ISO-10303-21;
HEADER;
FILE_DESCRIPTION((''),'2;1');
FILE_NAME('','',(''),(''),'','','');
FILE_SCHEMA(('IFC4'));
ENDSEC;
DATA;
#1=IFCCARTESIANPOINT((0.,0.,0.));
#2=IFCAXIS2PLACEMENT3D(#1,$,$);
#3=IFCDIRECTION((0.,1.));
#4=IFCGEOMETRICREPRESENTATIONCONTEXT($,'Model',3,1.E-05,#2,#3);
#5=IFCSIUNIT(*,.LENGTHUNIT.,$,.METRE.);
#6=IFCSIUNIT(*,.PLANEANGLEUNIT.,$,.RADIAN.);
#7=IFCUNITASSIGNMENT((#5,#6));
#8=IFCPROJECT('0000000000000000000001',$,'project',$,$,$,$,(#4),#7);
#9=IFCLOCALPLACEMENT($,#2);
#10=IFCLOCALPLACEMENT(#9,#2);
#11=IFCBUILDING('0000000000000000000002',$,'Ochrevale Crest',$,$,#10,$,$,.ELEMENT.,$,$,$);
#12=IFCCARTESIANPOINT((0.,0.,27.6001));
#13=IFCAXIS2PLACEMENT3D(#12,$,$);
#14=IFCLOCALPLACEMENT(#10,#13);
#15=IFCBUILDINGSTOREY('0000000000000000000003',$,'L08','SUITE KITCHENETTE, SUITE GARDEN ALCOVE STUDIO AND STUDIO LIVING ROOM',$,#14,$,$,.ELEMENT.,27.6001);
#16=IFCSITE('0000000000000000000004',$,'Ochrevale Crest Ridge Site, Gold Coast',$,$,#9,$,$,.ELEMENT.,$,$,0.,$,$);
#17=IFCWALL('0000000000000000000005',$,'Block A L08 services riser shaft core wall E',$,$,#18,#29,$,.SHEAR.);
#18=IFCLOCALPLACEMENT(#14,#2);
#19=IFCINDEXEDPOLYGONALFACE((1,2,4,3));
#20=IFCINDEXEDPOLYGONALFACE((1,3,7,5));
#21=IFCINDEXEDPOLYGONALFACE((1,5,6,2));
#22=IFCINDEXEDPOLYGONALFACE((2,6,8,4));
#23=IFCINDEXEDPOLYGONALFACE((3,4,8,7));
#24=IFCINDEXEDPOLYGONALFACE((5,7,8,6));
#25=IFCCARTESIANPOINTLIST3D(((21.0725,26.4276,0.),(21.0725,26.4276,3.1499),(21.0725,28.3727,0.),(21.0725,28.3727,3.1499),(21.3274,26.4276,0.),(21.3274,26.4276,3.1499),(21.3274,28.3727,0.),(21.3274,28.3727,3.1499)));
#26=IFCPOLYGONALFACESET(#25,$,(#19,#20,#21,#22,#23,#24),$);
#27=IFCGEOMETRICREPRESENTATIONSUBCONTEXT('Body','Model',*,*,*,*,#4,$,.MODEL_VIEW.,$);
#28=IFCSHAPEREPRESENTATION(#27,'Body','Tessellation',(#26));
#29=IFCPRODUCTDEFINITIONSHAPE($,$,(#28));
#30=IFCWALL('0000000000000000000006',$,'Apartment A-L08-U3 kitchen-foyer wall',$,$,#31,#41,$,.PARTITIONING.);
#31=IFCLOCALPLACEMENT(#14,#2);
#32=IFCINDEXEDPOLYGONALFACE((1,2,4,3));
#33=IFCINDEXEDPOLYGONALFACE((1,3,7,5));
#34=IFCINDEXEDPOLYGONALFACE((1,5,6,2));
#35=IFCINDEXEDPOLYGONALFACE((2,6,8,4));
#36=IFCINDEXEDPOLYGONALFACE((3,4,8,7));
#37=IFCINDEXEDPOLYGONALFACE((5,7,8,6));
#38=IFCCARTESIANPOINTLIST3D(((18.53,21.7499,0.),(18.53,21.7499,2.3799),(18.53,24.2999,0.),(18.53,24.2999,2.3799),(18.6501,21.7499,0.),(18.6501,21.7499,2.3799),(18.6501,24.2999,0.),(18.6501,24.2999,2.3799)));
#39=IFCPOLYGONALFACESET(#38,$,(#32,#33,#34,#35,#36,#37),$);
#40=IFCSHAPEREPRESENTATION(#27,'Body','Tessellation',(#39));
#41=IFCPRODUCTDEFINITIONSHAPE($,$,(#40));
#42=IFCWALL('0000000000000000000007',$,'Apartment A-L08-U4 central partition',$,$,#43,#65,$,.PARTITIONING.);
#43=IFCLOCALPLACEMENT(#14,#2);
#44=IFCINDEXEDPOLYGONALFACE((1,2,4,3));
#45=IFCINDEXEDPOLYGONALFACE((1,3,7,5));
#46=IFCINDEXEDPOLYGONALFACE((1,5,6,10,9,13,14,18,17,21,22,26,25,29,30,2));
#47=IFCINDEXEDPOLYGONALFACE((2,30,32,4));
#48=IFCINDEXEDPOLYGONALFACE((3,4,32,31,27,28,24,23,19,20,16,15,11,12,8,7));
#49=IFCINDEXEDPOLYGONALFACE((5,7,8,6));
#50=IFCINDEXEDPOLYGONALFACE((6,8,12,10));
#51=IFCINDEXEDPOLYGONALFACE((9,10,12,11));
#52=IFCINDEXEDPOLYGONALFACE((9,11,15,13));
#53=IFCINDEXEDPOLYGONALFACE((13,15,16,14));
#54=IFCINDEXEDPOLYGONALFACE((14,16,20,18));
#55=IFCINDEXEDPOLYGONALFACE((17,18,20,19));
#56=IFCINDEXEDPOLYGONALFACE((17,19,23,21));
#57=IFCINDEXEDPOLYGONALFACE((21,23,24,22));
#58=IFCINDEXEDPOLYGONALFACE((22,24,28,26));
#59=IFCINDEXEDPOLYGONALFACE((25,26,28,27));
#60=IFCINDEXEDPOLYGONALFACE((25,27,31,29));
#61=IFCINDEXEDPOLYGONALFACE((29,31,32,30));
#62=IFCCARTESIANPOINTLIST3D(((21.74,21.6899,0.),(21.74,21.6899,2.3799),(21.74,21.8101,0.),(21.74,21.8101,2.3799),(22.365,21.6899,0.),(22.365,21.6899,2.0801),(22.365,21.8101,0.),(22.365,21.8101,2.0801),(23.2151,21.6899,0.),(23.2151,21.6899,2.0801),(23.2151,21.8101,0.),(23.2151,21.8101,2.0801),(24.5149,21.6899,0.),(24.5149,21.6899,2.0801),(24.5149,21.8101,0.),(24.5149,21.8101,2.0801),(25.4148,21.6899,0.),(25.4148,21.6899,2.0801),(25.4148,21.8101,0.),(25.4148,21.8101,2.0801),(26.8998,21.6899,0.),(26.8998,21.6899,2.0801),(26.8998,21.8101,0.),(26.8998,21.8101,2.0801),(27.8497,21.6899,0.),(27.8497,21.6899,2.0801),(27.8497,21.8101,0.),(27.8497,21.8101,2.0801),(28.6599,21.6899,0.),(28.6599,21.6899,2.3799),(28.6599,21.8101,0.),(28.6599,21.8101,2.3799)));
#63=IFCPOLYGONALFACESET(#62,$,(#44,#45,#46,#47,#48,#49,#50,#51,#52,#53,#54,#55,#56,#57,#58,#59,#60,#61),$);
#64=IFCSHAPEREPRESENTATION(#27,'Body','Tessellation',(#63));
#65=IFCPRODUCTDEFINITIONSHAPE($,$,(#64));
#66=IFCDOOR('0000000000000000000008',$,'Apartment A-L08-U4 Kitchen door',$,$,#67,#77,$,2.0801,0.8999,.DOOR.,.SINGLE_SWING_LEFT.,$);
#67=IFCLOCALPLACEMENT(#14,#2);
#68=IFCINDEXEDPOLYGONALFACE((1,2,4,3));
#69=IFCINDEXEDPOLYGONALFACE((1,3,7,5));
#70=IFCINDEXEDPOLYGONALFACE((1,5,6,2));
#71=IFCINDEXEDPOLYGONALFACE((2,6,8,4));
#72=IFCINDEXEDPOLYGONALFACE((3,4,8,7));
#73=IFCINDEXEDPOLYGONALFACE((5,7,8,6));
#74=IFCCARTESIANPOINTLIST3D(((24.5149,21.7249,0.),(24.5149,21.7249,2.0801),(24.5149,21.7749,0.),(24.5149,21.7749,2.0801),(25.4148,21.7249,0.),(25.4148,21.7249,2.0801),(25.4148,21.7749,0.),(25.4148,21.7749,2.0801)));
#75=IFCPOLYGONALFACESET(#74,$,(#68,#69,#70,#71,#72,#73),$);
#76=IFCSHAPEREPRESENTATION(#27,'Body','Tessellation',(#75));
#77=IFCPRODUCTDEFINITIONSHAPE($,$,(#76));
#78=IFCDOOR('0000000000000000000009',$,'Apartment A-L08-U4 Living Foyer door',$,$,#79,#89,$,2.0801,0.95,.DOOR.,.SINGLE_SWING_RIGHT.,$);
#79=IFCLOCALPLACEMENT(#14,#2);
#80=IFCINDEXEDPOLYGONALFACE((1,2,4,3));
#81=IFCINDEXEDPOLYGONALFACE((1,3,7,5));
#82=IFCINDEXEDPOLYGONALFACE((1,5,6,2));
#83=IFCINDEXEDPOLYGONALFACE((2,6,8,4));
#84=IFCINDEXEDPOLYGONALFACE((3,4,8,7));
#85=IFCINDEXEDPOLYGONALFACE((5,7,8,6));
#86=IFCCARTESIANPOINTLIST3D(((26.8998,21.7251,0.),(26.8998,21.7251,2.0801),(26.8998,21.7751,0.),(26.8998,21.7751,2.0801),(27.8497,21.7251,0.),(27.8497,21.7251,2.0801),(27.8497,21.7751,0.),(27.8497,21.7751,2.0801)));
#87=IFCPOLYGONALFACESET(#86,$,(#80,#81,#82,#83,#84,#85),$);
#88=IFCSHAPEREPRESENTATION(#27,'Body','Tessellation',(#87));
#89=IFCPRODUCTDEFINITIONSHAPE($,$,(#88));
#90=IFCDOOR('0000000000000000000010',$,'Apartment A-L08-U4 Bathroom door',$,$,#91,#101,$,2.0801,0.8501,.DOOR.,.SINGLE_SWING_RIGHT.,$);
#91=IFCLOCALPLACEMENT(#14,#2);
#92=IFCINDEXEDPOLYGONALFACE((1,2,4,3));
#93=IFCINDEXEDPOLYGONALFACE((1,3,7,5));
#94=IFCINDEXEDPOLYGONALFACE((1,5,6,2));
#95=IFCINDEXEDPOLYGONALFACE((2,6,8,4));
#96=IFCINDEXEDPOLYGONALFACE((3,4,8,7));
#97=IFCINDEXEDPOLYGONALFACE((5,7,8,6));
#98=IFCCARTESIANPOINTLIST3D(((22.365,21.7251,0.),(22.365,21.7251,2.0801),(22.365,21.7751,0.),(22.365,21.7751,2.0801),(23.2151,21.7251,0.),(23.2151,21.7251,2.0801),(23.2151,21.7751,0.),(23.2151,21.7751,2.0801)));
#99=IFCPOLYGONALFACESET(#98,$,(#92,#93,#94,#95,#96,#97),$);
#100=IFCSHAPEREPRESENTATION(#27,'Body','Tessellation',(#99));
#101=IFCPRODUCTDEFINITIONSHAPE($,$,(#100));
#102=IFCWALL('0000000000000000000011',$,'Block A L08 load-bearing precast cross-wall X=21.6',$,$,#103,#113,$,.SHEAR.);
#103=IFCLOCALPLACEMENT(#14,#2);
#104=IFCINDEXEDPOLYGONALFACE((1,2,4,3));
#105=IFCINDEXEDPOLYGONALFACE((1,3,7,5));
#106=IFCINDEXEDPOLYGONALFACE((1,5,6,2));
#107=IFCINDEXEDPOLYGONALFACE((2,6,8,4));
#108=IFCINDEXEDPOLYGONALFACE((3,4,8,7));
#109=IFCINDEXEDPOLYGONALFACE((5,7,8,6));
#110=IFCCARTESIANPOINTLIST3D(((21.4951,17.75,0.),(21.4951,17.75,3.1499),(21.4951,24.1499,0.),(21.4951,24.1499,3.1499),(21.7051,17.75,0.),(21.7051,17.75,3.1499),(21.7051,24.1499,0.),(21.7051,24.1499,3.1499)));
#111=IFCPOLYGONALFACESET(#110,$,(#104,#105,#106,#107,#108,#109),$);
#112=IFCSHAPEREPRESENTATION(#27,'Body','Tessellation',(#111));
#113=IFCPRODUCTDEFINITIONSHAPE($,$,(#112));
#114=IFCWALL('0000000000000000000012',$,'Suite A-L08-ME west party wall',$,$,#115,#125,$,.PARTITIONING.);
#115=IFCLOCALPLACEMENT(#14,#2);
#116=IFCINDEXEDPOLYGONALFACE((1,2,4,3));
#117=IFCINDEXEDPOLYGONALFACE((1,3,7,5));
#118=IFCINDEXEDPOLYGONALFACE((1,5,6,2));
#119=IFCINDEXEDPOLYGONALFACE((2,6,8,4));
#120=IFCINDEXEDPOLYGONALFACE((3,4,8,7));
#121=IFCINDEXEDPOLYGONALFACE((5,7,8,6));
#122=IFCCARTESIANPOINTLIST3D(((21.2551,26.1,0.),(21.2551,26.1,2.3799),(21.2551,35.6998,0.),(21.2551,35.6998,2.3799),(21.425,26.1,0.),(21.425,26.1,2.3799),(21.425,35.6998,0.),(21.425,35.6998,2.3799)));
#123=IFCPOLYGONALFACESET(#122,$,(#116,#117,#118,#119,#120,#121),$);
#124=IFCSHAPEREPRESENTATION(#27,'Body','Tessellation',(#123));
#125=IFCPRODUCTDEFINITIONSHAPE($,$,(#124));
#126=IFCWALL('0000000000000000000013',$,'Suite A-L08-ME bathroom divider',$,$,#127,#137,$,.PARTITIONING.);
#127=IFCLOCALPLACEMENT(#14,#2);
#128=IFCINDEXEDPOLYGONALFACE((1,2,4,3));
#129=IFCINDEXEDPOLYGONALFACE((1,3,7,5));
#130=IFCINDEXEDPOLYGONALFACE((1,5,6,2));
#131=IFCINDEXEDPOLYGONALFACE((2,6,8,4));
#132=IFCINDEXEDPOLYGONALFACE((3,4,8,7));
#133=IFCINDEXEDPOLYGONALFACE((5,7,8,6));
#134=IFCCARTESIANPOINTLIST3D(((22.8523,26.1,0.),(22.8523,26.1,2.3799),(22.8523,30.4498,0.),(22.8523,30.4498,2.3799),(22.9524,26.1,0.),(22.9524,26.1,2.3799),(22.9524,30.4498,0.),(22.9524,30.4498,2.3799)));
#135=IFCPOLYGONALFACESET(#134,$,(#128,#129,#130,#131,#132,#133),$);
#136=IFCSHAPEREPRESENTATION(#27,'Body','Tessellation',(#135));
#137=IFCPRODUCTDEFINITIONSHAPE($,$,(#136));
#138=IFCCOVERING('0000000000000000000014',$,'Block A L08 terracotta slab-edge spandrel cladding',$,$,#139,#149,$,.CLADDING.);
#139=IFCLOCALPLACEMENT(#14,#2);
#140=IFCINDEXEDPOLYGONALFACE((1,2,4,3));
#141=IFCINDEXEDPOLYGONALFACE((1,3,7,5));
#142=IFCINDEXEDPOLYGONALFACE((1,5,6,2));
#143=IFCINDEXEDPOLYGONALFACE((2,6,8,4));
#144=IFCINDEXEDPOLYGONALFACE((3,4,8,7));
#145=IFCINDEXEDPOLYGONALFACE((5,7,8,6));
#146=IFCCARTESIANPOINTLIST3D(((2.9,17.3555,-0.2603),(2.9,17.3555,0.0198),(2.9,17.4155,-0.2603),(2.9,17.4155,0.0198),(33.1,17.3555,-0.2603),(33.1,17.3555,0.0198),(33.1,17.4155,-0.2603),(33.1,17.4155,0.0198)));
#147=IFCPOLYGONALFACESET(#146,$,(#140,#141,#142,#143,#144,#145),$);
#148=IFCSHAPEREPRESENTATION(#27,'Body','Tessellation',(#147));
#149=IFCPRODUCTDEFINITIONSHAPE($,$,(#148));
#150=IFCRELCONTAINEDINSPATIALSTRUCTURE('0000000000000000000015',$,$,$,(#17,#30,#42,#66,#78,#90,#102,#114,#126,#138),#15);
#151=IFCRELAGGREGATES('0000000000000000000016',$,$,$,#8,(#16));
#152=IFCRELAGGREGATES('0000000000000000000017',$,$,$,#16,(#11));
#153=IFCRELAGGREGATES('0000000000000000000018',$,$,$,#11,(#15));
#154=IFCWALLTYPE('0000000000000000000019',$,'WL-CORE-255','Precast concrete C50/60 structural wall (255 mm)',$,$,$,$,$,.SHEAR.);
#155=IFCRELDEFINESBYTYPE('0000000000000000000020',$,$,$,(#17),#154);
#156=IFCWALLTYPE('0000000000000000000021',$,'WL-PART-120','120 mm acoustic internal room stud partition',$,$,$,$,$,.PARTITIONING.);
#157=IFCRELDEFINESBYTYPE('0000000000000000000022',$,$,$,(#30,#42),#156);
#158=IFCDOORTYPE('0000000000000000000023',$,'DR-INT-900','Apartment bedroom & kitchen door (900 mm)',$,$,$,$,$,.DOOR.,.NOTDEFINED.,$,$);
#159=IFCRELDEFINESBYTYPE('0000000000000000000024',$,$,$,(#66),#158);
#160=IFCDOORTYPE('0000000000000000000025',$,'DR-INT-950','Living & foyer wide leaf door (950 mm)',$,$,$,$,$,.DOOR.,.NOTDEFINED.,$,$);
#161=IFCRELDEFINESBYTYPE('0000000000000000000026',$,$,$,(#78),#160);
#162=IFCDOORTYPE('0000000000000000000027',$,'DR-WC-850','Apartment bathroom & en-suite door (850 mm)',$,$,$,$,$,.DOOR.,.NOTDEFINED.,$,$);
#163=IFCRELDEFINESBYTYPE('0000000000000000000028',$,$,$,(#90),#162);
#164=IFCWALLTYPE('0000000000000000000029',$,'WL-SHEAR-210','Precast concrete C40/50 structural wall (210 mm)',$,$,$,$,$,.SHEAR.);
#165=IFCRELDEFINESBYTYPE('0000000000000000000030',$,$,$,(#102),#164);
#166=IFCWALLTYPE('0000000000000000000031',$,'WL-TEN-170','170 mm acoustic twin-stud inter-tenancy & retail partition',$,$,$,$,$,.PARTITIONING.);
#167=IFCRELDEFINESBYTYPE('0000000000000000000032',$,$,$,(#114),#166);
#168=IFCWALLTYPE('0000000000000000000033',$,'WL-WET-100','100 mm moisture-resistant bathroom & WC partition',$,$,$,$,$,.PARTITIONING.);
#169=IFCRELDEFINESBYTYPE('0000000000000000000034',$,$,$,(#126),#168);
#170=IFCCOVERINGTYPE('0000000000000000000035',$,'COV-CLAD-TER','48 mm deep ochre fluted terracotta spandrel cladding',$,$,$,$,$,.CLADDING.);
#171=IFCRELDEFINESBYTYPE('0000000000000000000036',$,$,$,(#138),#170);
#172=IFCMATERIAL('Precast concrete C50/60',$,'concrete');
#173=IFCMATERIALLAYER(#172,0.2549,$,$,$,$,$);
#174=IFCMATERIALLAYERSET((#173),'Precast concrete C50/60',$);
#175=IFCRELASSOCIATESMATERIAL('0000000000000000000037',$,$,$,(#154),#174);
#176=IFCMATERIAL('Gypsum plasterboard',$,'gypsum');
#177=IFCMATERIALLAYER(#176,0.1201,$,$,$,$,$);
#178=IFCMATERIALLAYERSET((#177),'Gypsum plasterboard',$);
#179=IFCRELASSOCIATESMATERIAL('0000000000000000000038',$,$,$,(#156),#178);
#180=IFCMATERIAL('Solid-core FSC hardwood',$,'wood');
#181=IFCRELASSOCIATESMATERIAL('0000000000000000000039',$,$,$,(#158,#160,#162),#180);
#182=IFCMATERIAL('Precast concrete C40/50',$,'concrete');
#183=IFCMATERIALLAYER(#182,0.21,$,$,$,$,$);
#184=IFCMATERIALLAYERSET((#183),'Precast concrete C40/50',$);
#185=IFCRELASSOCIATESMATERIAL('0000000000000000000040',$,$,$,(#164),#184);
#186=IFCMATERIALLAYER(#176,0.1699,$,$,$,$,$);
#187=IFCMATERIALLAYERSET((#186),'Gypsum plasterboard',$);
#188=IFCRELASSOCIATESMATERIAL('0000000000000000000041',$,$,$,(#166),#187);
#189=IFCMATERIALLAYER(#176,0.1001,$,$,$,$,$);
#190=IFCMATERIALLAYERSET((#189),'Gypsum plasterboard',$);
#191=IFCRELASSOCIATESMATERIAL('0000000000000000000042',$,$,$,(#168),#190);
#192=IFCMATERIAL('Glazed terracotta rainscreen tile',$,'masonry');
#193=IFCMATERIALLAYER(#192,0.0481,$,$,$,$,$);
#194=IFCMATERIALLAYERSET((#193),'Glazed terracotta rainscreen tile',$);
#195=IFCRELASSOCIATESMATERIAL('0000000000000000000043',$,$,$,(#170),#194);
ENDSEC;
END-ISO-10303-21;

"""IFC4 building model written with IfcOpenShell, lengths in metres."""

from ifc_helpers import new_model, si_unit, direction, frame, frame_2d, origin, origin_2d, place, context, subcontext, project, spatial, rectangle, extrude, material, layer, layer_set, type_object, element, fill, save


model = new_model("IFC4")

# Units and contexts
model_context = context("Model", 3, precision=1e-05, world=origin(), true_north=direction((0.0, 1.0)))
body_context = subcontext(model_context, "Body", "Model", "MODEL_VIEW")
ifc_project = project(units=[si_unit("LENGTHUNIT", "METRE"), si_unit("PLANEANGLEUNIT", "RADIAN")], contexts=[model_context])

# Site, building, storey
site_placement = place(None, origin())
site = spatial("IfcSite", under=ifc_project, at=site_placement, Name="Ochrevale Crest Ridge Site, Gold Coast", CompositionType="ELEMENT", RefElevation=0.0)
building_placement = place(site_placement, origin())
building = spatial("IfcBuilding", under=site, at=building_placement, Name="Ochrevale Crest", CompositionType="ELEMENT")
storey_placement = place(building_placement, frame((0.0, 0.0, 27.6001)))
storey = spatial("IfcBuildingStorey", under=building, at=storey_placement, Name="L08", Description="SUITE KITCHENETTE, SUITE GARDEN ALCOVE STUDIO AND STUDIO LIVING ROOM", CompositionType="ELEMENT", Elevation=27.6001)

# Shared definitions
ifc_material_1 = material(Name="Precast concrete C50/60", Category="concrete")

# Shared definitions
ifc_material_2 = material(Name="Gypsum plasterboard", Category="gypsum")
ifc_material_3 = material(Name="Solid-core FSC hardwood", Category="wood")

# Walls
ifc_layer_1 = layer(ifc_material_1, 0.2549)
ifc_layer_set_1 = layer_set([ifc_layer_1], Name="Precast concrete C50/60")
wall_type_1 = type_object("IfcWallType", Name="WL-CORE-255", Description="Precast concrete C50/60 structural wall (255 mm)", PredefinedType="SHEAR", material=ifc_layer_set_1)
wall_1_placement = place(storey_placement, frame((21.2, 26.4275, 0.0), z_axis=(0.0, 0.0, 1.0), x_axis=(0.0, 1.0, 0.0)))
element("IfcWall", 1, at=wall_1_placement, inside=storey, type_object=wall_type_1, Name="Block A L08 services riser shaft core wall E", PredefinedType="SHEAR", context=body_context, shape_type="SweptSolid", body=[
    extrude(rectangle(XDim=1.9451, YDim=0.2549, at=frame_2d((0.9727, 0.0))), origin(), (0.0, 0.0, 1.0), 3.1499),
])
ifc_layer_2 = layer(ifc_material_2, 0.1201)
ifc_layer_set_2 = layer_set([ifc_layer_2], Name="Gypsum plasterboard")
wall_type_2 = type_object("IfcWallType", Name="WL-PART-120", Description="120 mm acoustic internal room stud partition", PredefinedType="PARTITIONING", material=ifc_layer_set_2)
wall_2_placement = place(storey_placement, frame((18.5901, 21.75, 0.0), z_axis=(0.0, 0.0, 1.0), x_axis=(0.0, 1.0, 0.0)))
element("IfcWall", 2, at=wall_2_placement, inside=storey, type_object=wall_type_2, Name="Apartment A-L08-U3 kitchen-foyer wall", PredefinedType="PARTITIONING", context=body_context, shape_type="SweptSolid", body=[
    extrude(rectangle(XDim=2.55, YDim=0.1201, at=frame_2d((1.2749, 0.0))), origin(), (0.0, 0.0, 1.0), 2.3799),
])

# Wall, openings, doors
wall_3_placement = place(storey_placement, frame((21.74, 21.75, 0.0), z_axis=(0.0, 0.0, 1.0), x_axis=(1.0, 0.0, 0.0)))
wall_3 = element("IfcWall", 3, at=wall_3_placement, inside=storey, type_object=wall_type_2, Name="Apartment A-L08-U4 central partition", PredefinedType="PARTITIONING", context=body_context, shape_type="SweptSolid", body=[
    extrude(rectangle(XDim=6.9199, YDim=0.1201, at=frame_2d((3.46, 0.0))), origin(), (0.0, 0.0, 1.0), 2.3799),
])
opening_1_placement = place(wall_3_placement, frame((1.4751, 0.0, 0.0), z_axis=(0.0, 0.0, 1.0), x_axis=(-1.0, 0.0, 0.0)))
opening_1 = element("IfcOpeningElement", 4, at=opening_1_placement, cuts=wall_3, PredefinedType="OPENING", context=body_context, shape_type="SweptSolid", body=[
    extrude(rectangle(XDim=0.8501, YDim=2.0801, at=frame_2d((0.425, 1.04))), frame((0.0, 0.0701, 0.0), z_axis=(0.0, -1.0, 0.0), x_axis=(1.0, 0.0, 0.0)), (0.0, 0.0, 1.0), 0.1401),
])
opening_2_placement = place(wall_3_placement, frame((2.7749, 0.0, 0.0)))
opening_2 = element("IfcOpeningElement", 5, at=opening_2_placement, cuts=wall_3, PredefinedType="OPENING", context=body_context, shape_type="SweptSolid", body=[
    extrude(rectangle(XDim=0.8999, YDim=2.0801, at=frame_2d((0.45, 1.04))), frame((0.0, 0.0701, 0.0), z_axis=(0.0, -1.0, 0.0), x_axis=(1.0, 0.0, 0.0)), (0.0, 0.0, 1.0), 0.1401),
])
opening_3_placement = place(wall_3_placement, frame((6.1099, 0.0, 0.0), z_axis=(0.0, 0.0, 1.0), x_axis=(-1.0, 0.0, 0.0)))
opening_3 = element("IfcOpeningElement", 6, at=opening_3_placement, cuts=wall_3, PredefinedType="OPENING", context=body_context, shape_type="SweptSolid", body=[
    extrude(rectangle(XDim=0.95, YDim=2.0801, at=frame_2d((0.4751, 1.04))), frame((0.0, 0.0701, 0.0), z_axis=(0.0, -1.0, 0.0), x_axis=(1.0, 0.0, 0.0)), (0.0, 0.0, 1.0), 0.1401),
])
door_type_1 = type_object("IfcDoorType", Name="DR-INT-900", Description="Apartment bedroom & kitchen door (900 mm)", OperationType="NOTDEFINED", PredefinedType="DOOR", material=ifc_material_3)
door_1_placement = place(opening_2_placement, origin())
door_1 = element("IfcDoor", 7, at=door_1_placement, inside=storey, type_object=door_type_1, Name="Apartment A-L08-U4 Kitchen door", OperationType="SINGLE_SWING_LEFT", OverallHeight=2.0801, OverallWidth=0.8999, PredefinedType="DOOR", context=body_context, shape_type="SweptSolid", body=[
    extrude(rectangle(XDim=0.8999, YDim=2.0801, at=frame_2d((0.45, 1.04))), frame((0.0, 0.0249, 0.0), z_axis=(0.0, -1.0, 0.0), x_axis=(1.0, 0.0, 0.0)), (0.0, 0.0, 1.0), 0.05),
])
fill(opening_2, door_1)
door_type_2 = type_object("IfcDoorType", Name="DR-INT-950", Description="Living & foyer wide leaf door (950 mm)", OperationType="NOTDEFINED", PredefinedType="DOOR", material=ifc_material_3)
door_2_placement = place(opening_3_placement, origin())
door_2 = element("IfcDoor", 8, at=door_2_placement, inside=storey, type_object=door_type_2, Name="Apartment A-L08-U4 Living Foyer door", OperationType="SINGLE_SWING_RIGHT", OverallHeight=2.0801, OverallWidth=0.95, PredefinedType="DOOR", context=body_context, shape_type="SweptSolid", body=[
    extrude(rectangle(XDim=0.95, YDim=2.0801, at=frame_2d((0.4751, 1.04))), frame((0.0, 0.0249, 0.0), z_axis=(0.0, -1.0, 0.0), x_axis=(1.0, 0.0, 0.0)), (0.0, 0.0, 1.0), 0.05),
])
fill(opening_3, door_2)
door_type_3 = type_object("IfcDoorType", Name="DR-WC-850", Description="Apartment bathroom & en-suite door (850 mm)", OperationType="NOTDEFINED", PredefinedType="DOOR", material=ifc_material_3)
door_3_placement = place(opening_1_placement, origin())
door_3 = element("IfcDoor", 9, at=door_3_placement, inside=storey, type_object=door_type_3, Name="Apartment A-L08-U4 Bathroom door", OperationType="SINGLE_SWING_RIGHT", OverallHeight=2.0801, OverallWidth=0.8501, PredefinedType="DOOR", context=body_context, shape_type="SweptSolid", body=[
    extrude(rectangle(XDim=0.8501, YDim=2.0801, at=frame_2d((0.425, 1.04))), frame((0.0, 0.0249, 0.0), z_axis=(0.0, -1.0, 0.0), x_axis=(1.0, 0.0, 0.0)), (0.0, 0.0, 1.0), 0.05),
])
fill(opening_1, door_3)

# Walls
ifc_material_4 = material(Name="Precast concrete C40/50", Category="concrete")
ifc_layer_3 = layer(ifc_material_4, 0.21)
ifc_layer_set_3 = layer_set([ifc_layer_3], Name="Precast concrete C40/50")
wall_type_3 = type_object("IfcWallType", Name="WL-SHEAR-210", Description="Precast concrete C40/50 structural wall (210 mm)", PredefinedType="SHEAR", material=ifc_layer_set_3)
wall_4_placement = place(storey_placement, frame((21.6001, 17.75, 0.0), z_axis=(0.0, 0.0, 1.0), x_axis=(0.0, 1.0, 0.0)))
element("IfcWall", 10, at=wall_4_placement, inside=storey, type_object=wall_type_3, Name="Block A L08 load-bearing precast cross-wall X=21.6", PredefinedType="SHEAR", context=body_context, shape_type="SweptSolid", body=[
    extrude(rectangle(XDim=6.3999, YDim=0.21, at=frame_2d((3.2, 0.0))), origin(), (0.0, 0.0, 1.0), 3.1499),
])
ifc_layer_4 = layer(ifc_material_2, 0.1699)
ifc_layer_set_4 = layer_set([ifc_layer_4], Name="Gypsum plasterboard")
wall_type_4 = type_object("IfcWallType", Name="WL-TEN-170", Description="170 mm acoustic twin-stud inter-tenancy & retail partition", PredefinedType="PARTITIONING", material=ifc_layer_set_4)
wall_5_placement = place(storey_placement, frame((21.3401, 26.1001, 0.0), z_axis=(0.0, 0.0, 1.0), x_axis=(0.0, 1.0, 0.0)))
element("IfcWall", 11, at=wall_5_placement, inside=storey, type_object=wall_type_4, Name="Suite A-L08-ME west party wall", PredefinedType="PARTITIONING", context=body_context, shape_type="SweptSolid", body=[
    extrude(rectangle(XDim=9.5999, YDim=0.1699, at=frame_2d((4.7998, 0.0))), origin(), (0.0, 0.0, 1.0), 2.3799),
])
ifc_layer_5 = layer(ifc_material_2, 0.1001)
ifc_layer_set_5 = layer_set([ifc_layer_5], Name="Gypsum plasterboard")
wall_type_5 = type_object("IfcWallType", Name="WL-WET-100", Description="100 mm moisture-resistant bathroom & WC partition", PredefinedType="PARTITIONING", material=ifc_layer_set_5)
wall_6_placement = place(storey_placement, frame((22.9023, 26.1001, 0.0), z_axis=(0.0, 0.0, 1.0), x_axis=(0.0, 1.0, 0.0)))
element("IfcWall", 12, at=wall_6_placement, inside=storey, type_object=wall_type_5, Name="Suite A-L08-ME bathroom divider", PredefinedType="PARTITIONING", context=body_context, shape_type="SweptSolid", body=[
    extrude(rectangle(XDim=4.3499, YDim=0.1001, at=frame_2d((2.1748, 0.0))), origin(), (0.0, 0.0, 1.0), 2.3799),
])

# Covering
ifc_material_5 = material(Name="Glazed terracotta rainscreen tile", Category="masonry")
ifc_layer_6 = layer(ifc_material_5, 0.0481)
ifc_layer_set_6 = layer_set([ifc_layer_6], Name="Glazed terracotta rainscreen tile")
covering_type = type_object("IfcCoveringType", Name="COV-CLAD-TER", Description="48 mm deep ochre fluted terracotta spandrel cladding", PredefinedType="CLADDING", material=ifc_layer_set_6)
covering_placement = place(storey_placement, frame((18.0, 17.3855, -0.2603), z_axis=(0.0, 0.0, 1.0), x_axis=(1.0, 0.0, 0.0)))
element("IfcCovering", 13, at=covering_placement, inside=storey, type_object=covering_type, Name="Block A L08 terracotta slab-edge spandrel cladding", PredefinedType="CLADDING", context=body_context, shape_type="SweptSolid", body=[
    extrude(rectangle(XDim=30.2, YDim=0.0601, at=origin_2d()), origin(), (0.0, 0.0, 1.0), 0.28),
])

save(model, "model.ifc")
